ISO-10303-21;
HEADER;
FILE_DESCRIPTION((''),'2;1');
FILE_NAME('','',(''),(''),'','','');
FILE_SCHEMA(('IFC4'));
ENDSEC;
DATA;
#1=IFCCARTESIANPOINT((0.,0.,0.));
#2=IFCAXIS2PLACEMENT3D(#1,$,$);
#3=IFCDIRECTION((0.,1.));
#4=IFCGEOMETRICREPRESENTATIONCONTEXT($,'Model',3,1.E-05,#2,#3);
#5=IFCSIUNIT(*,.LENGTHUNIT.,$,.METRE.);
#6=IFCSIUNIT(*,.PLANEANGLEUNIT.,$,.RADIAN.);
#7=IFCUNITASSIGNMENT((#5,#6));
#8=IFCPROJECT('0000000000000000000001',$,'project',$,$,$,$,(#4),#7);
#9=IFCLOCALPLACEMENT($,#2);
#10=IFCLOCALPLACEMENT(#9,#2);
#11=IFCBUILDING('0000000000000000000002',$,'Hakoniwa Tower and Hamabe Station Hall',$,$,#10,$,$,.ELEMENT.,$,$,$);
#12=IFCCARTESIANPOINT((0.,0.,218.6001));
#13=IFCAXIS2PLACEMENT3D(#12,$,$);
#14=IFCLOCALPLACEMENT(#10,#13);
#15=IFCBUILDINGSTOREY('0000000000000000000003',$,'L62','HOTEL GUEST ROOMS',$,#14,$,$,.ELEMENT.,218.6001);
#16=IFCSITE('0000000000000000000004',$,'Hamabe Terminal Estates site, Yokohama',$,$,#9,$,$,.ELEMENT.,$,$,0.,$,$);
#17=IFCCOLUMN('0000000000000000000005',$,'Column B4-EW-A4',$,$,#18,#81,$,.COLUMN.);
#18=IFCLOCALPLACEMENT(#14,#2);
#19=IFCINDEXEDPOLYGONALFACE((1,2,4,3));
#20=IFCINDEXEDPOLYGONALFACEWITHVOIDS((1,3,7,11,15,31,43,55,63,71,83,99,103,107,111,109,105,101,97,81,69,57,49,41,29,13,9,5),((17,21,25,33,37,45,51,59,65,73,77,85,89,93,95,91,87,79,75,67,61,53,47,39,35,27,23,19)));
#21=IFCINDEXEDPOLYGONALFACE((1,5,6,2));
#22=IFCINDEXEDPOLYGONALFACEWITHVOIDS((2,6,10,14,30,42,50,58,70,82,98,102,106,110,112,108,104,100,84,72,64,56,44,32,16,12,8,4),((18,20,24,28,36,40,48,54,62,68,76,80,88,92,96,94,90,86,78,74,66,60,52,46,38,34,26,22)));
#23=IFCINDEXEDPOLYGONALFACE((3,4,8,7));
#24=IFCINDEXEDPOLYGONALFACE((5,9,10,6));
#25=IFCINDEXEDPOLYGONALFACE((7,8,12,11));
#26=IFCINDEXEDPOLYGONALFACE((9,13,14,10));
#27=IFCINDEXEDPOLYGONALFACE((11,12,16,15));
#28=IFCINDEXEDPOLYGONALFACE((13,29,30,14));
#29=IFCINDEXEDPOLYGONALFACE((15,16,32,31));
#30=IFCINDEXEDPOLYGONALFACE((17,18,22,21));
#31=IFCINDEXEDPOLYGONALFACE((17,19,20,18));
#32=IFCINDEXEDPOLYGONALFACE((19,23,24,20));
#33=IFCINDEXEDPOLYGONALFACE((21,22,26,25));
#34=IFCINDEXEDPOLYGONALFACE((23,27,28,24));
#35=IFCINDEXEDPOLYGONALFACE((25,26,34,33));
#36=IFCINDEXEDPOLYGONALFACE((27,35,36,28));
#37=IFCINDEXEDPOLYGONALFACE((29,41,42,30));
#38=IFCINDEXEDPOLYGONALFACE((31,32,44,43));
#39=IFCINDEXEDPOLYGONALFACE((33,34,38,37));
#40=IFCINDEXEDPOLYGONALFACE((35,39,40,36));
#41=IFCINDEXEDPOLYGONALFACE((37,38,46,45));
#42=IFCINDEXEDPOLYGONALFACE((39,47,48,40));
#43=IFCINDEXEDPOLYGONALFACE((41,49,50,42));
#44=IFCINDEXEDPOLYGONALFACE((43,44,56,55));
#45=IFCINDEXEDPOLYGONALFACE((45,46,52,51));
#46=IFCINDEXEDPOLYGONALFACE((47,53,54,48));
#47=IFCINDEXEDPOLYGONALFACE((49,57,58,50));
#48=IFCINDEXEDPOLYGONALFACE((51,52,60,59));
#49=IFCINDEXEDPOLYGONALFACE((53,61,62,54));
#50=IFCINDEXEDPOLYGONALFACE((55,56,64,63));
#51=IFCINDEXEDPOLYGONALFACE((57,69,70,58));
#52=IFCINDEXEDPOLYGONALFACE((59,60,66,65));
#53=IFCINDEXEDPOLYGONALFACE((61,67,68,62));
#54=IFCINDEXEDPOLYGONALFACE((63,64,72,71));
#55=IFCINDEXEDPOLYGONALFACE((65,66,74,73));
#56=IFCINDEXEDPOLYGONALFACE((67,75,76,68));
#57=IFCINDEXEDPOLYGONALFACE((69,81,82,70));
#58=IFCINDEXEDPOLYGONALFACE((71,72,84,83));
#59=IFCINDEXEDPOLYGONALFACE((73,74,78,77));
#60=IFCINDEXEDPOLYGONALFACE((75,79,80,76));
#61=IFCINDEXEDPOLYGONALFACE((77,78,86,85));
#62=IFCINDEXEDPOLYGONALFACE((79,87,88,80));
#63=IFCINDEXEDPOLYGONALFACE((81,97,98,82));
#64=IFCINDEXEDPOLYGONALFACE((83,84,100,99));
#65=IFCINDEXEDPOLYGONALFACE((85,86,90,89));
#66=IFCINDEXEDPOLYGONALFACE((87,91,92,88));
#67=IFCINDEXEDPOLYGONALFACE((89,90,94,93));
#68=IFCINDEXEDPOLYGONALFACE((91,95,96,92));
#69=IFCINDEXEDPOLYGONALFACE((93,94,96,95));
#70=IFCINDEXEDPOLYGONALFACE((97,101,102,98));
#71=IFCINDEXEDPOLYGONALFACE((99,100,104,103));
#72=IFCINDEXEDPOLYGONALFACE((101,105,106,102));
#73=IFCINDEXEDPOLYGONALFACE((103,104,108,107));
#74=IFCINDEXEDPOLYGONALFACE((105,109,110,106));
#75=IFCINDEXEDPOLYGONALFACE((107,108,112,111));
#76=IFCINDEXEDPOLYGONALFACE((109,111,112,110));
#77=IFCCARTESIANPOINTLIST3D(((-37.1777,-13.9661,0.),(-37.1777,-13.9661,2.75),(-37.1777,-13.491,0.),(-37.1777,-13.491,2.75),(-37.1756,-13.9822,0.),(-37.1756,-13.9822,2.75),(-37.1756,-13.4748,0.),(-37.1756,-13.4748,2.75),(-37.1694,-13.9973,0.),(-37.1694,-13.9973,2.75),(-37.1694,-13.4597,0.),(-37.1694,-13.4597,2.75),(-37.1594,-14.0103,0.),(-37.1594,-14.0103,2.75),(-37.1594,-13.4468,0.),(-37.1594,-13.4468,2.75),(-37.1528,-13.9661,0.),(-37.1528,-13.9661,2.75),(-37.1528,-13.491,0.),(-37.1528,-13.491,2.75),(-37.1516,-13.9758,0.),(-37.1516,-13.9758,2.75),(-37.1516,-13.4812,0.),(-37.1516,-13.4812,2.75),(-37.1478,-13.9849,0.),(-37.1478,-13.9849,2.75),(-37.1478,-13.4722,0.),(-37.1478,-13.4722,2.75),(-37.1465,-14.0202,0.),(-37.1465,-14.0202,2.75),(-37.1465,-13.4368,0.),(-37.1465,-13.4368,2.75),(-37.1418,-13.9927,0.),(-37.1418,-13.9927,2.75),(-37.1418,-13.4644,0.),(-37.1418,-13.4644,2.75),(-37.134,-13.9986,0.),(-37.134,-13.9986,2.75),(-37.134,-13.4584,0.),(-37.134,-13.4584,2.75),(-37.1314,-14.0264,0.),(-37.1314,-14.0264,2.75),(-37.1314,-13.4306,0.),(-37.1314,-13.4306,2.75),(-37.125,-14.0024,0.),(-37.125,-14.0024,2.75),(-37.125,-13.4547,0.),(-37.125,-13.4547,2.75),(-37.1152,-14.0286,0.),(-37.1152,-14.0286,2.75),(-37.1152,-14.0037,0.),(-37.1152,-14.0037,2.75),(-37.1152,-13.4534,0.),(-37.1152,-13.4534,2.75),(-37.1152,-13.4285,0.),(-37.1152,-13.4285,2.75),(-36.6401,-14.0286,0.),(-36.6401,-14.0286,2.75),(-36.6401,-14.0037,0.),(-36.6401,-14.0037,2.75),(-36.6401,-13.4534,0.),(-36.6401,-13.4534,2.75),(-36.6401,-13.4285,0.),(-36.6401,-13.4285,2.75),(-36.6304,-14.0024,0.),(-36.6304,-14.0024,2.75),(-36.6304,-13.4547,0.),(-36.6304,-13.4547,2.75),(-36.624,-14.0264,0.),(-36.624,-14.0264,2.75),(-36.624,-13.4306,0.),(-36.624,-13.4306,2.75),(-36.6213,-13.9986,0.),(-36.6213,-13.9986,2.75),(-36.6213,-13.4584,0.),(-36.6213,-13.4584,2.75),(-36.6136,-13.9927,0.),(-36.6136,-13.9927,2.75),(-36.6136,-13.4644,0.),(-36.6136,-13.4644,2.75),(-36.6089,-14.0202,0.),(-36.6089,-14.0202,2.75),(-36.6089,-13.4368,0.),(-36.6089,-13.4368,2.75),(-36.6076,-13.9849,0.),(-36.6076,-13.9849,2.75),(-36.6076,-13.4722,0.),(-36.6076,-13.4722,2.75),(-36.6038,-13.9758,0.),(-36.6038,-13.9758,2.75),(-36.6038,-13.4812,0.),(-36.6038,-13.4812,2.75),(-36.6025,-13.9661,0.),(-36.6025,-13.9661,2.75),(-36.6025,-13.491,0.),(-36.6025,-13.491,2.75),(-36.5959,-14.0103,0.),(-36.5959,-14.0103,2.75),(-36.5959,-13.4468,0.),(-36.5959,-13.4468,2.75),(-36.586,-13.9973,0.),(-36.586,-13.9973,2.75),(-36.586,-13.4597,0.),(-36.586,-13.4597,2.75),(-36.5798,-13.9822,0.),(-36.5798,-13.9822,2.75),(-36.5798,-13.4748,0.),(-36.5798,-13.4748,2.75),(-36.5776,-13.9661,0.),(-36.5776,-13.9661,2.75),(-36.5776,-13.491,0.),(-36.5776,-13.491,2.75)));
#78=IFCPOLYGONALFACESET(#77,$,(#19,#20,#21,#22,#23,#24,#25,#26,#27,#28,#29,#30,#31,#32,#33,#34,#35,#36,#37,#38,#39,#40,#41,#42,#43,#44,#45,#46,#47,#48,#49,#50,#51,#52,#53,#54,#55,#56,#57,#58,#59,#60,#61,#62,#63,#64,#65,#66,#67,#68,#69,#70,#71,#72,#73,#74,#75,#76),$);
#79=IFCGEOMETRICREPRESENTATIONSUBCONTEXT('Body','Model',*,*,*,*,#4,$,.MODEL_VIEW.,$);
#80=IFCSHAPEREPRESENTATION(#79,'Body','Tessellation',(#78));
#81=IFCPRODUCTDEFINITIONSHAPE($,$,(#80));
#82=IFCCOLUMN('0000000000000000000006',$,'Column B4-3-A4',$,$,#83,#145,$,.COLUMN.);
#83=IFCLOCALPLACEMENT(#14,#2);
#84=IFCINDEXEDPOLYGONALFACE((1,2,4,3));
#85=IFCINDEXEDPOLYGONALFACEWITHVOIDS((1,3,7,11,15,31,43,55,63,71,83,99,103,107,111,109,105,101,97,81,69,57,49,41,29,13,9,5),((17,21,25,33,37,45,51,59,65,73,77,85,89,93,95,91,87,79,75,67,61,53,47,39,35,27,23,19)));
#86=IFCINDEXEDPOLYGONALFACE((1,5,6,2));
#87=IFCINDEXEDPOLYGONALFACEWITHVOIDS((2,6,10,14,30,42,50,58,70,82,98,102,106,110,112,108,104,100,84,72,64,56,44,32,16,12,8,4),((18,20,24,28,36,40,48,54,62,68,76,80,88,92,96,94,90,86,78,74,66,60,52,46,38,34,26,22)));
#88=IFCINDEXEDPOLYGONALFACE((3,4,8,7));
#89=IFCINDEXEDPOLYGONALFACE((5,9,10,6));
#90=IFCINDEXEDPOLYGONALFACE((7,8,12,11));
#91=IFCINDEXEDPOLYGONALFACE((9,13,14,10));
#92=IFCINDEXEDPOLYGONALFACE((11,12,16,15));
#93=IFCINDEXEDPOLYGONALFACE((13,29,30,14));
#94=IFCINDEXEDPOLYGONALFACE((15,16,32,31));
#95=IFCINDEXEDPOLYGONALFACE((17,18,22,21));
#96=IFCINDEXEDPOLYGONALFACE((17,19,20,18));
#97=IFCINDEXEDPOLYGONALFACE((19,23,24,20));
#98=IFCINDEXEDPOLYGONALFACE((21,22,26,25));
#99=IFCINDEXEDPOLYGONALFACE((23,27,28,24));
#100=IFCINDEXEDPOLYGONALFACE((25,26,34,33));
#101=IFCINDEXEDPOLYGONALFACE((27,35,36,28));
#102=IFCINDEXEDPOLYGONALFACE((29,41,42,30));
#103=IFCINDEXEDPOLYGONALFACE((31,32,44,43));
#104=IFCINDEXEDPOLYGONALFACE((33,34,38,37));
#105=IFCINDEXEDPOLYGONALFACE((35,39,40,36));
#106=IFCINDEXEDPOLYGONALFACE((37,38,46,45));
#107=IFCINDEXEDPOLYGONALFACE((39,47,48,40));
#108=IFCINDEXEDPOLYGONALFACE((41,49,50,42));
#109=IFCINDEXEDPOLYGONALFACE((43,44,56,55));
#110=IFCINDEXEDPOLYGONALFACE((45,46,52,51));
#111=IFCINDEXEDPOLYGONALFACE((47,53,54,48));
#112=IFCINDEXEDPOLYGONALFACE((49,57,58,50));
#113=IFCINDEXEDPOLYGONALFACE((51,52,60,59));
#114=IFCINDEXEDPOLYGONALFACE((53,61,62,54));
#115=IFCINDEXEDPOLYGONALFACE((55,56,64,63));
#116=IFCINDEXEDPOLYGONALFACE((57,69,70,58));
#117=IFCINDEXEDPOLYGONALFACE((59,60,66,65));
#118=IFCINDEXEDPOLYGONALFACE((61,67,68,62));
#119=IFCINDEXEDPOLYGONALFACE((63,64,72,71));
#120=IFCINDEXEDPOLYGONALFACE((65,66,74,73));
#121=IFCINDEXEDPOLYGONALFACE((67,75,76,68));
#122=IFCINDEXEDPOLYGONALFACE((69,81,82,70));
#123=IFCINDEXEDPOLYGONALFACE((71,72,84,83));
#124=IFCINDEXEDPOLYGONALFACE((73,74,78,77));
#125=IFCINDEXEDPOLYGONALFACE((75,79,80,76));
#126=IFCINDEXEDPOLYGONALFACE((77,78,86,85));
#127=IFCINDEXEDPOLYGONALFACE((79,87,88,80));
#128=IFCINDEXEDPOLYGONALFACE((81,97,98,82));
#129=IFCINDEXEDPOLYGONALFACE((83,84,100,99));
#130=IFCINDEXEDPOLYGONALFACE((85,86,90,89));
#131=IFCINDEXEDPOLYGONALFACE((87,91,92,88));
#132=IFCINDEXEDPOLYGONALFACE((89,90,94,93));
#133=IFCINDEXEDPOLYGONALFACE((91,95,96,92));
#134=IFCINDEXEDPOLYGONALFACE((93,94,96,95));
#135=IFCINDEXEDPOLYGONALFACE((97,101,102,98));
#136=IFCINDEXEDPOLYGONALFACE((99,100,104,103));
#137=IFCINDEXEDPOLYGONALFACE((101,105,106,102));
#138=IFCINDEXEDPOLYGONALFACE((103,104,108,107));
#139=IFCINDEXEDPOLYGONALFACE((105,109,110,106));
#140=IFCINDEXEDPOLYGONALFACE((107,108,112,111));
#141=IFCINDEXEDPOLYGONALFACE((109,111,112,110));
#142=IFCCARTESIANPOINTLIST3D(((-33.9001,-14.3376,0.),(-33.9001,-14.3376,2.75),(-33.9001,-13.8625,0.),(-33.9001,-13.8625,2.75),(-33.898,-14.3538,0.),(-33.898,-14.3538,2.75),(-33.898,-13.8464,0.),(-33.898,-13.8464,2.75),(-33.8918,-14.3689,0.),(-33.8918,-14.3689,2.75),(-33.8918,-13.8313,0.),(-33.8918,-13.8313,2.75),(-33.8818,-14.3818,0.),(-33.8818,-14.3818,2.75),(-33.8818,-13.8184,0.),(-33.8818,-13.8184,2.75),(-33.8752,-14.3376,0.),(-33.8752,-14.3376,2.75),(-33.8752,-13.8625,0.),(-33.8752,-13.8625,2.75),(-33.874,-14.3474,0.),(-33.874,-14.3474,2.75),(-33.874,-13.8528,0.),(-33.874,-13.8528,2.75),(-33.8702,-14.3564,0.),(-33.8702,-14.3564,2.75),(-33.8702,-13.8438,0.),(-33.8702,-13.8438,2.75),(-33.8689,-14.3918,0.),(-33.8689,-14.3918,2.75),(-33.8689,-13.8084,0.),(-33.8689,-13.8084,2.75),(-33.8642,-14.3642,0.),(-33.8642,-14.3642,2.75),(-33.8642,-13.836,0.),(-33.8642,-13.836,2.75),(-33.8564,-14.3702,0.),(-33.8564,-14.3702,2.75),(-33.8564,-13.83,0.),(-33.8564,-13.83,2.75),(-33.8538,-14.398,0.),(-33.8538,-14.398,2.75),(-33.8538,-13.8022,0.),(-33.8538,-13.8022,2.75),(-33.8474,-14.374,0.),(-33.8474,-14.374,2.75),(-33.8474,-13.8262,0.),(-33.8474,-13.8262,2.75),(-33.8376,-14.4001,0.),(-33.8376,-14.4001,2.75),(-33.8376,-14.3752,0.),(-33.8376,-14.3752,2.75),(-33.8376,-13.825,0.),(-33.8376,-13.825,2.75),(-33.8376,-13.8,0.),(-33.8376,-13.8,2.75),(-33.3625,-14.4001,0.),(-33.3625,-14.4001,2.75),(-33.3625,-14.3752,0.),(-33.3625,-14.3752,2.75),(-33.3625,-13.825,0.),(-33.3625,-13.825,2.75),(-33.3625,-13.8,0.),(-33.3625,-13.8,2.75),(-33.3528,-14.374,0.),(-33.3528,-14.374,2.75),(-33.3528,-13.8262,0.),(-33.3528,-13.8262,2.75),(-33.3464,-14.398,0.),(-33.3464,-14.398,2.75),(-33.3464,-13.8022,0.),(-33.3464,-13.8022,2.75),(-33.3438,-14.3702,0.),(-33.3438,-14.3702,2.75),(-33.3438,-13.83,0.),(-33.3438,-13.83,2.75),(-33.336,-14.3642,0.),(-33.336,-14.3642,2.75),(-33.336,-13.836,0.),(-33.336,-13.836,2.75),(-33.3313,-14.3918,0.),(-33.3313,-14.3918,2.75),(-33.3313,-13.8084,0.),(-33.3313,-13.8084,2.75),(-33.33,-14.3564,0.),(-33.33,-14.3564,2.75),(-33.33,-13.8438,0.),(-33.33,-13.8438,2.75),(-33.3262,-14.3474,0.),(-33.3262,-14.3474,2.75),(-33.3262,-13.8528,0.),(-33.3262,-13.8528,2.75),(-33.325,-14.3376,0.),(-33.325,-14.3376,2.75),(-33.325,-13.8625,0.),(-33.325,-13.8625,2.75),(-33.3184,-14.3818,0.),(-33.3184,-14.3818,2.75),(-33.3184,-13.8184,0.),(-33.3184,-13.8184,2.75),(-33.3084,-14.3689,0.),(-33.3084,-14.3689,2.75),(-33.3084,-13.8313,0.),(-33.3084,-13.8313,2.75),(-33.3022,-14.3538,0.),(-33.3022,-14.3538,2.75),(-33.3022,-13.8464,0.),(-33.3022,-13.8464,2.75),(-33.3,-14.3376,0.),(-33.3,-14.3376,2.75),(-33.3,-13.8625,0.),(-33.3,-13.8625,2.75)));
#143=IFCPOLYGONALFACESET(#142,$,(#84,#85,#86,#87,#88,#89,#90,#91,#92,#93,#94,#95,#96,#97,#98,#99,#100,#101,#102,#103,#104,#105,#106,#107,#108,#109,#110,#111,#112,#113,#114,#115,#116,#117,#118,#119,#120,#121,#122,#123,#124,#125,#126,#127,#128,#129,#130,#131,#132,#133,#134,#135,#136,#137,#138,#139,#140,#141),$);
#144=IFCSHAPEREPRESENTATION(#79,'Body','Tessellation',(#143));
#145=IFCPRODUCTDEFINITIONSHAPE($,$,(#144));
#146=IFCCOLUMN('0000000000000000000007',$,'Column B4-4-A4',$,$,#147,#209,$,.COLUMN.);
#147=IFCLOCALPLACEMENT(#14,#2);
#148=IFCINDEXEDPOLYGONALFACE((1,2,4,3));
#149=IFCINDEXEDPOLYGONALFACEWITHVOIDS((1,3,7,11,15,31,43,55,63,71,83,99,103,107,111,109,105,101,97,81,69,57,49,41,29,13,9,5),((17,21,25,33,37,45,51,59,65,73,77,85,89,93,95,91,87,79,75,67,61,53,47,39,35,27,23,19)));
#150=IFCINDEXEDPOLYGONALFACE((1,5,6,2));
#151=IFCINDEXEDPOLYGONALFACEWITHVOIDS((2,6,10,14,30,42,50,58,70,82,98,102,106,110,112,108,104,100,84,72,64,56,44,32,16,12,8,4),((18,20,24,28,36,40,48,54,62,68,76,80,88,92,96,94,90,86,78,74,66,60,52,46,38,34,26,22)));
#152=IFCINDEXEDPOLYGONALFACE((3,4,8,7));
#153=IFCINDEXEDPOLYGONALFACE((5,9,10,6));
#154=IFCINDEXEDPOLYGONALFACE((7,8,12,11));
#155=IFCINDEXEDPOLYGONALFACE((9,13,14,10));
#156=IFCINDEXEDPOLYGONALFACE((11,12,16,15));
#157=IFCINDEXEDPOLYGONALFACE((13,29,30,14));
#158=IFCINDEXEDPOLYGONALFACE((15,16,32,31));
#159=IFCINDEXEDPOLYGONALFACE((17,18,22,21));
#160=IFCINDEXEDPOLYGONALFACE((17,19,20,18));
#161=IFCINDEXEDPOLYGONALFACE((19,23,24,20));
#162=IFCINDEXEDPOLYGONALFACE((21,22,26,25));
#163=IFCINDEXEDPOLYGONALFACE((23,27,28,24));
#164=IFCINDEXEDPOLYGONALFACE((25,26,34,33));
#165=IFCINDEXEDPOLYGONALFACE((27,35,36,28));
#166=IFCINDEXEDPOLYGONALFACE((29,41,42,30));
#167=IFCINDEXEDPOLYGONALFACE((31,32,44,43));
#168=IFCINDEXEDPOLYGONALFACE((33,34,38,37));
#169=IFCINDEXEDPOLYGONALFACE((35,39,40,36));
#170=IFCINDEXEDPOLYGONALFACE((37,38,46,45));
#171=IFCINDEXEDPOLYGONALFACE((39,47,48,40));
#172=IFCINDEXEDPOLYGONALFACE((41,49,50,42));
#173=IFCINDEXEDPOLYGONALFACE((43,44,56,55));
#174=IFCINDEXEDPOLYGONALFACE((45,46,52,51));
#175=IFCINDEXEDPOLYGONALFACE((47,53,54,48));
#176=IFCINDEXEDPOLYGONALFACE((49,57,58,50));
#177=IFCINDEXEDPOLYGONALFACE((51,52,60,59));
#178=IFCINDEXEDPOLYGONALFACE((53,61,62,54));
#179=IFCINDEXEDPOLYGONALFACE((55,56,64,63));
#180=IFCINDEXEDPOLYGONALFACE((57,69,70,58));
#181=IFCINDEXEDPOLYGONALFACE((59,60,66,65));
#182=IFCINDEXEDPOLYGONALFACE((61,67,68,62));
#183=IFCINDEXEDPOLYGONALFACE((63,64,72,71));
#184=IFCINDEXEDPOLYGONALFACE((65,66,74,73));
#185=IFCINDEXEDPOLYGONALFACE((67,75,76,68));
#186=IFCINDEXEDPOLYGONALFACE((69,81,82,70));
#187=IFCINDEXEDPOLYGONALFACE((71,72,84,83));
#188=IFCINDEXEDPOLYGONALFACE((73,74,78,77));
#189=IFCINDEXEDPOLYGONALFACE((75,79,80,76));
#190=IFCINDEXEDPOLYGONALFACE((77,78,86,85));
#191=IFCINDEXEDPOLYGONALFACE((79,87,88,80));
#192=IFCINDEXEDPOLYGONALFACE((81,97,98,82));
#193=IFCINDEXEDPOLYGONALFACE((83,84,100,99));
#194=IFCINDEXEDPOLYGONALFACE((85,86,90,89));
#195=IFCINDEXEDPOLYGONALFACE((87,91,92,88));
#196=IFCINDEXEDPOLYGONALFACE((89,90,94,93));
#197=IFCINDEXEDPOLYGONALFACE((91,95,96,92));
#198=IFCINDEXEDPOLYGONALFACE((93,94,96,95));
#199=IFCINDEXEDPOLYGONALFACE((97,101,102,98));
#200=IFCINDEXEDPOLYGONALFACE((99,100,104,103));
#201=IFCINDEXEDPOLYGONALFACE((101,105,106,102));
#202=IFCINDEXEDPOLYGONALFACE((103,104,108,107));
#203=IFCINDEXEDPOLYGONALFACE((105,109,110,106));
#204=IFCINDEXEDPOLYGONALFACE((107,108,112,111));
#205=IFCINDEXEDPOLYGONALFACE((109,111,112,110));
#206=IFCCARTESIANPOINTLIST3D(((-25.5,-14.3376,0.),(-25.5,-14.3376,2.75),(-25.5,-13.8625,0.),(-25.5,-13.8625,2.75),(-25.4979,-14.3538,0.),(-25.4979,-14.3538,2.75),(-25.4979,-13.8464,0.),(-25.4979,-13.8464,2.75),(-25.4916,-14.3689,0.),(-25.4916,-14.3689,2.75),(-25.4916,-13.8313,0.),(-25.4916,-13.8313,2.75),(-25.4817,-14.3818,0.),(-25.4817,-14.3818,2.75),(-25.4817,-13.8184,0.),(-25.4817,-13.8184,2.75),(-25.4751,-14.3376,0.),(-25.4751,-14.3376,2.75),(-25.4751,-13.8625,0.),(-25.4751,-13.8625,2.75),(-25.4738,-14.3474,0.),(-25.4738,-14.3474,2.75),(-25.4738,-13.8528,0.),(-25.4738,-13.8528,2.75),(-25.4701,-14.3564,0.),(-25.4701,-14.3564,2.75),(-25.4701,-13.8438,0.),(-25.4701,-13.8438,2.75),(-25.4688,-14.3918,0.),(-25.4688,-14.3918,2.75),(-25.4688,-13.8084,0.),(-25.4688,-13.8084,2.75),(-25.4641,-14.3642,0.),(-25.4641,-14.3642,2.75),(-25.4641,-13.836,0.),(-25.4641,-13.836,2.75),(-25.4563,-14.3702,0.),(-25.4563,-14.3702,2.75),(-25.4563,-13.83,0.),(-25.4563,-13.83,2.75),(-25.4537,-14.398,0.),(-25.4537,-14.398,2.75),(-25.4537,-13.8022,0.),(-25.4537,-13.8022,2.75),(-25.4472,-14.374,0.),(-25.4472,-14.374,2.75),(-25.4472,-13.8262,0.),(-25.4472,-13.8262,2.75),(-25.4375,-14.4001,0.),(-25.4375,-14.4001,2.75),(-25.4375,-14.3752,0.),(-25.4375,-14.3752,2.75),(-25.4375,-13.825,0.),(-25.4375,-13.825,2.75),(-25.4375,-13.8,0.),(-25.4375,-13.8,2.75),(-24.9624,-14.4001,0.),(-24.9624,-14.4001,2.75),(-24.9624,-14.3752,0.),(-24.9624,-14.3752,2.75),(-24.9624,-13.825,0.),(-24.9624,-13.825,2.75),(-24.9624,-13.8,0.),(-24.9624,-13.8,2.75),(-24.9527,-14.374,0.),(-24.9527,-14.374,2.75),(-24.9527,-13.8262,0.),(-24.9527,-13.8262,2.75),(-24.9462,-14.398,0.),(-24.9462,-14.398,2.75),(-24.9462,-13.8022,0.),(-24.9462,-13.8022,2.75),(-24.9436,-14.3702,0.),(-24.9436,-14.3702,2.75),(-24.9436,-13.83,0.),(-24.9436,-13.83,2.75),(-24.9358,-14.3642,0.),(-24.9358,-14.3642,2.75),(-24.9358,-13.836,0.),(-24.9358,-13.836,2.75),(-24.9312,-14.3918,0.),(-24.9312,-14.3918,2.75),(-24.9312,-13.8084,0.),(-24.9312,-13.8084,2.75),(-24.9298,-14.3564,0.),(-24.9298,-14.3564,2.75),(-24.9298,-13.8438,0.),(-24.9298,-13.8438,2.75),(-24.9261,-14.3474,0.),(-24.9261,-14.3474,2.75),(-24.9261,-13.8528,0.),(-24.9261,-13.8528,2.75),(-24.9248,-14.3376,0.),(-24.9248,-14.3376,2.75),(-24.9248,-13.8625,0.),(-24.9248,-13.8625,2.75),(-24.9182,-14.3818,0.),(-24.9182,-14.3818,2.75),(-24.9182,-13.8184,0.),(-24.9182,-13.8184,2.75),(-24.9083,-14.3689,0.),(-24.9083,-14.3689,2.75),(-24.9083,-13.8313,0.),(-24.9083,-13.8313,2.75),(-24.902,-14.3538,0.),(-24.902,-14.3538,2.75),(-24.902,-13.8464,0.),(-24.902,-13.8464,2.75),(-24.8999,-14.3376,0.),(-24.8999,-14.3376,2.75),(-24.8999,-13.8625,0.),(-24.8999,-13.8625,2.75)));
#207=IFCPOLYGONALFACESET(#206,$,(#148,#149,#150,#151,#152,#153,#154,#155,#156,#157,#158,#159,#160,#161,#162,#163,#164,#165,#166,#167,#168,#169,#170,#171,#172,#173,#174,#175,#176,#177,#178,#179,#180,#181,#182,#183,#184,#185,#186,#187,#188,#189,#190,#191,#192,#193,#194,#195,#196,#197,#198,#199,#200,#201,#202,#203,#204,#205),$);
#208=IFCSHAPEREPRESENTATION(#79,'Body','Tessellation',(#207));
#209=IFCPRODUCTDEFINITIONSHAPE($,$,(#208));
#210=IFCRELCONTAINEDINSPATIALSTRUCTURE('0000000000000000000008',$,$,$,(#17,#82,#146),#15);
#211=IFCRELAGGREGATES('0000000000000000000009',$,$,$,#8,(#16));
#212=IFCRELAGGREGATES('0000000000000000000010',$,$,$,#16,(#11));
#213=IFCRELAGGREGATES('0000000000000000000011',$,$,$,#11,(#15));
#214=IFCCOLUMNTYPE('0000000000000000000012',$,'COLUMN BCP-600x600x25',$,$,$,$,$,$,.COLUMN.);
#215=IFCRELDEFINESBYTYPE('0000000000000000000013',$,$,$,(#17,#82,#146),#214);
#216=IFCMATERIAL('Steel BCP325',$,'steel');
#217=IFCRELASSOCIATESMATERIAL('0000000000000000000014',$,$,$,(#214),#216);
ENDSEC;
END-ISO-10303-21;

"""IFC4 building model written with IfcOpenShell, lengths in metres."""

from ifc_helpers import new_model, si_unit, direction, frame, origin, origin_2d, place, context, subcontext, project, spatial, hollow_rectangle, extrude, material, material_profile, profile_set, type_object, element, save


model = new_model("IFC4")

# Units and contexts
model_context = context("Model", 3, precision=1e-05, world=origin(), true_north=direction((0.0, 1.0)))
body_context = subcontext(model_context, "Body", "Model", "MODEL_VIEW")
ifc_project = project(units=[si_unit("LENGTHUNIT", "METRE"), si_unit("PLANEANGLEUNIT", "RADIAN")], contexts=[model_context])

# Site, building, storey
site_placement = place(None, origin())
site = spatial("IfcSite", under=ifc_project, at=site_placement, Name="Hamabe Terminal Estates site, Yokohama", CompositionType="ELEMENT", RefElevation=0.0)
building_placement = place(site_placement, origin())
building = spatial("IfcBuilding", under=site, at=building_placement, Name="Hakoniwa Tower and Hamabe Station Hall", CompositionType="ELEMENT")
storey_placement = place(building_placement, frame((0.0, 0.0, 218.6001)))
storey = spatial("IfcBuildingStorey", under=building, at=storey_placement, Name="L62", Description="HOTEL GUEST ROOMS", CompositionType="ELEMENT", Elevation=218.6001)

# Columns
ifc_material_1 = material(Name="Steel BCP325", Category="steel")
ifc_material_profile_1 = material_profile(ifc_material_1, hollow_rectangle(XDim=0.6001, YDim=0.6001, WallThickness=0.0249, InnerFilletRadius=0.0376, OuterFilletRadius=0.0625, at=origin_2d()), Name="BCP-600x600x25")
ifc_profile_set_1 = profile_set([ifc_material_profile_1], Name="Steel BCP325")
column_type = type_object("IfcColumnType", Name="COLUMN BCP-600x600x25", PredefinedType="COLUMN", material=ifc_profile_set_1)
for number, where, z_axis, x_axis, name in (
    (1, (-36.8777, -13.7285, 0.0), (0.0, 0.0, 1.0), (1.0, 0.0, 0.0), "Column B4-EW-A4"),
    (2, (-33.6001, -14.1001, 0.0), (0.0, 0.0, 1.0), (1.0, 0.0, 0.0), "Column B4-3-A4"),
    (3, (-25.2, -14.1001, 0.0), (0.0, 0.0, 1.0), (1.0, 0.0, 0.0), "Column B4-4-A4"),
):
    element("IfcColumn", number, at=place(storey_placement, frame(where, z_axis=z_axis, x_axis=x_axis)), inside=storey, type_object=column_type, Name=name, PredefinedType="COLUMN", context=body_context, shape_type="SweptSolid", body=[
        extrude(hollow_rectangle(XDim=0.6001, YDim=0.6001, WallThickness=0.0249, InnerFilletRadius=0.0376, OuterFilletRadius=0.0625, at=origin_2d()), origin(), (0.0, 0.0, 1.0), 2.75),
    ])

save(model, "model.ifc")
